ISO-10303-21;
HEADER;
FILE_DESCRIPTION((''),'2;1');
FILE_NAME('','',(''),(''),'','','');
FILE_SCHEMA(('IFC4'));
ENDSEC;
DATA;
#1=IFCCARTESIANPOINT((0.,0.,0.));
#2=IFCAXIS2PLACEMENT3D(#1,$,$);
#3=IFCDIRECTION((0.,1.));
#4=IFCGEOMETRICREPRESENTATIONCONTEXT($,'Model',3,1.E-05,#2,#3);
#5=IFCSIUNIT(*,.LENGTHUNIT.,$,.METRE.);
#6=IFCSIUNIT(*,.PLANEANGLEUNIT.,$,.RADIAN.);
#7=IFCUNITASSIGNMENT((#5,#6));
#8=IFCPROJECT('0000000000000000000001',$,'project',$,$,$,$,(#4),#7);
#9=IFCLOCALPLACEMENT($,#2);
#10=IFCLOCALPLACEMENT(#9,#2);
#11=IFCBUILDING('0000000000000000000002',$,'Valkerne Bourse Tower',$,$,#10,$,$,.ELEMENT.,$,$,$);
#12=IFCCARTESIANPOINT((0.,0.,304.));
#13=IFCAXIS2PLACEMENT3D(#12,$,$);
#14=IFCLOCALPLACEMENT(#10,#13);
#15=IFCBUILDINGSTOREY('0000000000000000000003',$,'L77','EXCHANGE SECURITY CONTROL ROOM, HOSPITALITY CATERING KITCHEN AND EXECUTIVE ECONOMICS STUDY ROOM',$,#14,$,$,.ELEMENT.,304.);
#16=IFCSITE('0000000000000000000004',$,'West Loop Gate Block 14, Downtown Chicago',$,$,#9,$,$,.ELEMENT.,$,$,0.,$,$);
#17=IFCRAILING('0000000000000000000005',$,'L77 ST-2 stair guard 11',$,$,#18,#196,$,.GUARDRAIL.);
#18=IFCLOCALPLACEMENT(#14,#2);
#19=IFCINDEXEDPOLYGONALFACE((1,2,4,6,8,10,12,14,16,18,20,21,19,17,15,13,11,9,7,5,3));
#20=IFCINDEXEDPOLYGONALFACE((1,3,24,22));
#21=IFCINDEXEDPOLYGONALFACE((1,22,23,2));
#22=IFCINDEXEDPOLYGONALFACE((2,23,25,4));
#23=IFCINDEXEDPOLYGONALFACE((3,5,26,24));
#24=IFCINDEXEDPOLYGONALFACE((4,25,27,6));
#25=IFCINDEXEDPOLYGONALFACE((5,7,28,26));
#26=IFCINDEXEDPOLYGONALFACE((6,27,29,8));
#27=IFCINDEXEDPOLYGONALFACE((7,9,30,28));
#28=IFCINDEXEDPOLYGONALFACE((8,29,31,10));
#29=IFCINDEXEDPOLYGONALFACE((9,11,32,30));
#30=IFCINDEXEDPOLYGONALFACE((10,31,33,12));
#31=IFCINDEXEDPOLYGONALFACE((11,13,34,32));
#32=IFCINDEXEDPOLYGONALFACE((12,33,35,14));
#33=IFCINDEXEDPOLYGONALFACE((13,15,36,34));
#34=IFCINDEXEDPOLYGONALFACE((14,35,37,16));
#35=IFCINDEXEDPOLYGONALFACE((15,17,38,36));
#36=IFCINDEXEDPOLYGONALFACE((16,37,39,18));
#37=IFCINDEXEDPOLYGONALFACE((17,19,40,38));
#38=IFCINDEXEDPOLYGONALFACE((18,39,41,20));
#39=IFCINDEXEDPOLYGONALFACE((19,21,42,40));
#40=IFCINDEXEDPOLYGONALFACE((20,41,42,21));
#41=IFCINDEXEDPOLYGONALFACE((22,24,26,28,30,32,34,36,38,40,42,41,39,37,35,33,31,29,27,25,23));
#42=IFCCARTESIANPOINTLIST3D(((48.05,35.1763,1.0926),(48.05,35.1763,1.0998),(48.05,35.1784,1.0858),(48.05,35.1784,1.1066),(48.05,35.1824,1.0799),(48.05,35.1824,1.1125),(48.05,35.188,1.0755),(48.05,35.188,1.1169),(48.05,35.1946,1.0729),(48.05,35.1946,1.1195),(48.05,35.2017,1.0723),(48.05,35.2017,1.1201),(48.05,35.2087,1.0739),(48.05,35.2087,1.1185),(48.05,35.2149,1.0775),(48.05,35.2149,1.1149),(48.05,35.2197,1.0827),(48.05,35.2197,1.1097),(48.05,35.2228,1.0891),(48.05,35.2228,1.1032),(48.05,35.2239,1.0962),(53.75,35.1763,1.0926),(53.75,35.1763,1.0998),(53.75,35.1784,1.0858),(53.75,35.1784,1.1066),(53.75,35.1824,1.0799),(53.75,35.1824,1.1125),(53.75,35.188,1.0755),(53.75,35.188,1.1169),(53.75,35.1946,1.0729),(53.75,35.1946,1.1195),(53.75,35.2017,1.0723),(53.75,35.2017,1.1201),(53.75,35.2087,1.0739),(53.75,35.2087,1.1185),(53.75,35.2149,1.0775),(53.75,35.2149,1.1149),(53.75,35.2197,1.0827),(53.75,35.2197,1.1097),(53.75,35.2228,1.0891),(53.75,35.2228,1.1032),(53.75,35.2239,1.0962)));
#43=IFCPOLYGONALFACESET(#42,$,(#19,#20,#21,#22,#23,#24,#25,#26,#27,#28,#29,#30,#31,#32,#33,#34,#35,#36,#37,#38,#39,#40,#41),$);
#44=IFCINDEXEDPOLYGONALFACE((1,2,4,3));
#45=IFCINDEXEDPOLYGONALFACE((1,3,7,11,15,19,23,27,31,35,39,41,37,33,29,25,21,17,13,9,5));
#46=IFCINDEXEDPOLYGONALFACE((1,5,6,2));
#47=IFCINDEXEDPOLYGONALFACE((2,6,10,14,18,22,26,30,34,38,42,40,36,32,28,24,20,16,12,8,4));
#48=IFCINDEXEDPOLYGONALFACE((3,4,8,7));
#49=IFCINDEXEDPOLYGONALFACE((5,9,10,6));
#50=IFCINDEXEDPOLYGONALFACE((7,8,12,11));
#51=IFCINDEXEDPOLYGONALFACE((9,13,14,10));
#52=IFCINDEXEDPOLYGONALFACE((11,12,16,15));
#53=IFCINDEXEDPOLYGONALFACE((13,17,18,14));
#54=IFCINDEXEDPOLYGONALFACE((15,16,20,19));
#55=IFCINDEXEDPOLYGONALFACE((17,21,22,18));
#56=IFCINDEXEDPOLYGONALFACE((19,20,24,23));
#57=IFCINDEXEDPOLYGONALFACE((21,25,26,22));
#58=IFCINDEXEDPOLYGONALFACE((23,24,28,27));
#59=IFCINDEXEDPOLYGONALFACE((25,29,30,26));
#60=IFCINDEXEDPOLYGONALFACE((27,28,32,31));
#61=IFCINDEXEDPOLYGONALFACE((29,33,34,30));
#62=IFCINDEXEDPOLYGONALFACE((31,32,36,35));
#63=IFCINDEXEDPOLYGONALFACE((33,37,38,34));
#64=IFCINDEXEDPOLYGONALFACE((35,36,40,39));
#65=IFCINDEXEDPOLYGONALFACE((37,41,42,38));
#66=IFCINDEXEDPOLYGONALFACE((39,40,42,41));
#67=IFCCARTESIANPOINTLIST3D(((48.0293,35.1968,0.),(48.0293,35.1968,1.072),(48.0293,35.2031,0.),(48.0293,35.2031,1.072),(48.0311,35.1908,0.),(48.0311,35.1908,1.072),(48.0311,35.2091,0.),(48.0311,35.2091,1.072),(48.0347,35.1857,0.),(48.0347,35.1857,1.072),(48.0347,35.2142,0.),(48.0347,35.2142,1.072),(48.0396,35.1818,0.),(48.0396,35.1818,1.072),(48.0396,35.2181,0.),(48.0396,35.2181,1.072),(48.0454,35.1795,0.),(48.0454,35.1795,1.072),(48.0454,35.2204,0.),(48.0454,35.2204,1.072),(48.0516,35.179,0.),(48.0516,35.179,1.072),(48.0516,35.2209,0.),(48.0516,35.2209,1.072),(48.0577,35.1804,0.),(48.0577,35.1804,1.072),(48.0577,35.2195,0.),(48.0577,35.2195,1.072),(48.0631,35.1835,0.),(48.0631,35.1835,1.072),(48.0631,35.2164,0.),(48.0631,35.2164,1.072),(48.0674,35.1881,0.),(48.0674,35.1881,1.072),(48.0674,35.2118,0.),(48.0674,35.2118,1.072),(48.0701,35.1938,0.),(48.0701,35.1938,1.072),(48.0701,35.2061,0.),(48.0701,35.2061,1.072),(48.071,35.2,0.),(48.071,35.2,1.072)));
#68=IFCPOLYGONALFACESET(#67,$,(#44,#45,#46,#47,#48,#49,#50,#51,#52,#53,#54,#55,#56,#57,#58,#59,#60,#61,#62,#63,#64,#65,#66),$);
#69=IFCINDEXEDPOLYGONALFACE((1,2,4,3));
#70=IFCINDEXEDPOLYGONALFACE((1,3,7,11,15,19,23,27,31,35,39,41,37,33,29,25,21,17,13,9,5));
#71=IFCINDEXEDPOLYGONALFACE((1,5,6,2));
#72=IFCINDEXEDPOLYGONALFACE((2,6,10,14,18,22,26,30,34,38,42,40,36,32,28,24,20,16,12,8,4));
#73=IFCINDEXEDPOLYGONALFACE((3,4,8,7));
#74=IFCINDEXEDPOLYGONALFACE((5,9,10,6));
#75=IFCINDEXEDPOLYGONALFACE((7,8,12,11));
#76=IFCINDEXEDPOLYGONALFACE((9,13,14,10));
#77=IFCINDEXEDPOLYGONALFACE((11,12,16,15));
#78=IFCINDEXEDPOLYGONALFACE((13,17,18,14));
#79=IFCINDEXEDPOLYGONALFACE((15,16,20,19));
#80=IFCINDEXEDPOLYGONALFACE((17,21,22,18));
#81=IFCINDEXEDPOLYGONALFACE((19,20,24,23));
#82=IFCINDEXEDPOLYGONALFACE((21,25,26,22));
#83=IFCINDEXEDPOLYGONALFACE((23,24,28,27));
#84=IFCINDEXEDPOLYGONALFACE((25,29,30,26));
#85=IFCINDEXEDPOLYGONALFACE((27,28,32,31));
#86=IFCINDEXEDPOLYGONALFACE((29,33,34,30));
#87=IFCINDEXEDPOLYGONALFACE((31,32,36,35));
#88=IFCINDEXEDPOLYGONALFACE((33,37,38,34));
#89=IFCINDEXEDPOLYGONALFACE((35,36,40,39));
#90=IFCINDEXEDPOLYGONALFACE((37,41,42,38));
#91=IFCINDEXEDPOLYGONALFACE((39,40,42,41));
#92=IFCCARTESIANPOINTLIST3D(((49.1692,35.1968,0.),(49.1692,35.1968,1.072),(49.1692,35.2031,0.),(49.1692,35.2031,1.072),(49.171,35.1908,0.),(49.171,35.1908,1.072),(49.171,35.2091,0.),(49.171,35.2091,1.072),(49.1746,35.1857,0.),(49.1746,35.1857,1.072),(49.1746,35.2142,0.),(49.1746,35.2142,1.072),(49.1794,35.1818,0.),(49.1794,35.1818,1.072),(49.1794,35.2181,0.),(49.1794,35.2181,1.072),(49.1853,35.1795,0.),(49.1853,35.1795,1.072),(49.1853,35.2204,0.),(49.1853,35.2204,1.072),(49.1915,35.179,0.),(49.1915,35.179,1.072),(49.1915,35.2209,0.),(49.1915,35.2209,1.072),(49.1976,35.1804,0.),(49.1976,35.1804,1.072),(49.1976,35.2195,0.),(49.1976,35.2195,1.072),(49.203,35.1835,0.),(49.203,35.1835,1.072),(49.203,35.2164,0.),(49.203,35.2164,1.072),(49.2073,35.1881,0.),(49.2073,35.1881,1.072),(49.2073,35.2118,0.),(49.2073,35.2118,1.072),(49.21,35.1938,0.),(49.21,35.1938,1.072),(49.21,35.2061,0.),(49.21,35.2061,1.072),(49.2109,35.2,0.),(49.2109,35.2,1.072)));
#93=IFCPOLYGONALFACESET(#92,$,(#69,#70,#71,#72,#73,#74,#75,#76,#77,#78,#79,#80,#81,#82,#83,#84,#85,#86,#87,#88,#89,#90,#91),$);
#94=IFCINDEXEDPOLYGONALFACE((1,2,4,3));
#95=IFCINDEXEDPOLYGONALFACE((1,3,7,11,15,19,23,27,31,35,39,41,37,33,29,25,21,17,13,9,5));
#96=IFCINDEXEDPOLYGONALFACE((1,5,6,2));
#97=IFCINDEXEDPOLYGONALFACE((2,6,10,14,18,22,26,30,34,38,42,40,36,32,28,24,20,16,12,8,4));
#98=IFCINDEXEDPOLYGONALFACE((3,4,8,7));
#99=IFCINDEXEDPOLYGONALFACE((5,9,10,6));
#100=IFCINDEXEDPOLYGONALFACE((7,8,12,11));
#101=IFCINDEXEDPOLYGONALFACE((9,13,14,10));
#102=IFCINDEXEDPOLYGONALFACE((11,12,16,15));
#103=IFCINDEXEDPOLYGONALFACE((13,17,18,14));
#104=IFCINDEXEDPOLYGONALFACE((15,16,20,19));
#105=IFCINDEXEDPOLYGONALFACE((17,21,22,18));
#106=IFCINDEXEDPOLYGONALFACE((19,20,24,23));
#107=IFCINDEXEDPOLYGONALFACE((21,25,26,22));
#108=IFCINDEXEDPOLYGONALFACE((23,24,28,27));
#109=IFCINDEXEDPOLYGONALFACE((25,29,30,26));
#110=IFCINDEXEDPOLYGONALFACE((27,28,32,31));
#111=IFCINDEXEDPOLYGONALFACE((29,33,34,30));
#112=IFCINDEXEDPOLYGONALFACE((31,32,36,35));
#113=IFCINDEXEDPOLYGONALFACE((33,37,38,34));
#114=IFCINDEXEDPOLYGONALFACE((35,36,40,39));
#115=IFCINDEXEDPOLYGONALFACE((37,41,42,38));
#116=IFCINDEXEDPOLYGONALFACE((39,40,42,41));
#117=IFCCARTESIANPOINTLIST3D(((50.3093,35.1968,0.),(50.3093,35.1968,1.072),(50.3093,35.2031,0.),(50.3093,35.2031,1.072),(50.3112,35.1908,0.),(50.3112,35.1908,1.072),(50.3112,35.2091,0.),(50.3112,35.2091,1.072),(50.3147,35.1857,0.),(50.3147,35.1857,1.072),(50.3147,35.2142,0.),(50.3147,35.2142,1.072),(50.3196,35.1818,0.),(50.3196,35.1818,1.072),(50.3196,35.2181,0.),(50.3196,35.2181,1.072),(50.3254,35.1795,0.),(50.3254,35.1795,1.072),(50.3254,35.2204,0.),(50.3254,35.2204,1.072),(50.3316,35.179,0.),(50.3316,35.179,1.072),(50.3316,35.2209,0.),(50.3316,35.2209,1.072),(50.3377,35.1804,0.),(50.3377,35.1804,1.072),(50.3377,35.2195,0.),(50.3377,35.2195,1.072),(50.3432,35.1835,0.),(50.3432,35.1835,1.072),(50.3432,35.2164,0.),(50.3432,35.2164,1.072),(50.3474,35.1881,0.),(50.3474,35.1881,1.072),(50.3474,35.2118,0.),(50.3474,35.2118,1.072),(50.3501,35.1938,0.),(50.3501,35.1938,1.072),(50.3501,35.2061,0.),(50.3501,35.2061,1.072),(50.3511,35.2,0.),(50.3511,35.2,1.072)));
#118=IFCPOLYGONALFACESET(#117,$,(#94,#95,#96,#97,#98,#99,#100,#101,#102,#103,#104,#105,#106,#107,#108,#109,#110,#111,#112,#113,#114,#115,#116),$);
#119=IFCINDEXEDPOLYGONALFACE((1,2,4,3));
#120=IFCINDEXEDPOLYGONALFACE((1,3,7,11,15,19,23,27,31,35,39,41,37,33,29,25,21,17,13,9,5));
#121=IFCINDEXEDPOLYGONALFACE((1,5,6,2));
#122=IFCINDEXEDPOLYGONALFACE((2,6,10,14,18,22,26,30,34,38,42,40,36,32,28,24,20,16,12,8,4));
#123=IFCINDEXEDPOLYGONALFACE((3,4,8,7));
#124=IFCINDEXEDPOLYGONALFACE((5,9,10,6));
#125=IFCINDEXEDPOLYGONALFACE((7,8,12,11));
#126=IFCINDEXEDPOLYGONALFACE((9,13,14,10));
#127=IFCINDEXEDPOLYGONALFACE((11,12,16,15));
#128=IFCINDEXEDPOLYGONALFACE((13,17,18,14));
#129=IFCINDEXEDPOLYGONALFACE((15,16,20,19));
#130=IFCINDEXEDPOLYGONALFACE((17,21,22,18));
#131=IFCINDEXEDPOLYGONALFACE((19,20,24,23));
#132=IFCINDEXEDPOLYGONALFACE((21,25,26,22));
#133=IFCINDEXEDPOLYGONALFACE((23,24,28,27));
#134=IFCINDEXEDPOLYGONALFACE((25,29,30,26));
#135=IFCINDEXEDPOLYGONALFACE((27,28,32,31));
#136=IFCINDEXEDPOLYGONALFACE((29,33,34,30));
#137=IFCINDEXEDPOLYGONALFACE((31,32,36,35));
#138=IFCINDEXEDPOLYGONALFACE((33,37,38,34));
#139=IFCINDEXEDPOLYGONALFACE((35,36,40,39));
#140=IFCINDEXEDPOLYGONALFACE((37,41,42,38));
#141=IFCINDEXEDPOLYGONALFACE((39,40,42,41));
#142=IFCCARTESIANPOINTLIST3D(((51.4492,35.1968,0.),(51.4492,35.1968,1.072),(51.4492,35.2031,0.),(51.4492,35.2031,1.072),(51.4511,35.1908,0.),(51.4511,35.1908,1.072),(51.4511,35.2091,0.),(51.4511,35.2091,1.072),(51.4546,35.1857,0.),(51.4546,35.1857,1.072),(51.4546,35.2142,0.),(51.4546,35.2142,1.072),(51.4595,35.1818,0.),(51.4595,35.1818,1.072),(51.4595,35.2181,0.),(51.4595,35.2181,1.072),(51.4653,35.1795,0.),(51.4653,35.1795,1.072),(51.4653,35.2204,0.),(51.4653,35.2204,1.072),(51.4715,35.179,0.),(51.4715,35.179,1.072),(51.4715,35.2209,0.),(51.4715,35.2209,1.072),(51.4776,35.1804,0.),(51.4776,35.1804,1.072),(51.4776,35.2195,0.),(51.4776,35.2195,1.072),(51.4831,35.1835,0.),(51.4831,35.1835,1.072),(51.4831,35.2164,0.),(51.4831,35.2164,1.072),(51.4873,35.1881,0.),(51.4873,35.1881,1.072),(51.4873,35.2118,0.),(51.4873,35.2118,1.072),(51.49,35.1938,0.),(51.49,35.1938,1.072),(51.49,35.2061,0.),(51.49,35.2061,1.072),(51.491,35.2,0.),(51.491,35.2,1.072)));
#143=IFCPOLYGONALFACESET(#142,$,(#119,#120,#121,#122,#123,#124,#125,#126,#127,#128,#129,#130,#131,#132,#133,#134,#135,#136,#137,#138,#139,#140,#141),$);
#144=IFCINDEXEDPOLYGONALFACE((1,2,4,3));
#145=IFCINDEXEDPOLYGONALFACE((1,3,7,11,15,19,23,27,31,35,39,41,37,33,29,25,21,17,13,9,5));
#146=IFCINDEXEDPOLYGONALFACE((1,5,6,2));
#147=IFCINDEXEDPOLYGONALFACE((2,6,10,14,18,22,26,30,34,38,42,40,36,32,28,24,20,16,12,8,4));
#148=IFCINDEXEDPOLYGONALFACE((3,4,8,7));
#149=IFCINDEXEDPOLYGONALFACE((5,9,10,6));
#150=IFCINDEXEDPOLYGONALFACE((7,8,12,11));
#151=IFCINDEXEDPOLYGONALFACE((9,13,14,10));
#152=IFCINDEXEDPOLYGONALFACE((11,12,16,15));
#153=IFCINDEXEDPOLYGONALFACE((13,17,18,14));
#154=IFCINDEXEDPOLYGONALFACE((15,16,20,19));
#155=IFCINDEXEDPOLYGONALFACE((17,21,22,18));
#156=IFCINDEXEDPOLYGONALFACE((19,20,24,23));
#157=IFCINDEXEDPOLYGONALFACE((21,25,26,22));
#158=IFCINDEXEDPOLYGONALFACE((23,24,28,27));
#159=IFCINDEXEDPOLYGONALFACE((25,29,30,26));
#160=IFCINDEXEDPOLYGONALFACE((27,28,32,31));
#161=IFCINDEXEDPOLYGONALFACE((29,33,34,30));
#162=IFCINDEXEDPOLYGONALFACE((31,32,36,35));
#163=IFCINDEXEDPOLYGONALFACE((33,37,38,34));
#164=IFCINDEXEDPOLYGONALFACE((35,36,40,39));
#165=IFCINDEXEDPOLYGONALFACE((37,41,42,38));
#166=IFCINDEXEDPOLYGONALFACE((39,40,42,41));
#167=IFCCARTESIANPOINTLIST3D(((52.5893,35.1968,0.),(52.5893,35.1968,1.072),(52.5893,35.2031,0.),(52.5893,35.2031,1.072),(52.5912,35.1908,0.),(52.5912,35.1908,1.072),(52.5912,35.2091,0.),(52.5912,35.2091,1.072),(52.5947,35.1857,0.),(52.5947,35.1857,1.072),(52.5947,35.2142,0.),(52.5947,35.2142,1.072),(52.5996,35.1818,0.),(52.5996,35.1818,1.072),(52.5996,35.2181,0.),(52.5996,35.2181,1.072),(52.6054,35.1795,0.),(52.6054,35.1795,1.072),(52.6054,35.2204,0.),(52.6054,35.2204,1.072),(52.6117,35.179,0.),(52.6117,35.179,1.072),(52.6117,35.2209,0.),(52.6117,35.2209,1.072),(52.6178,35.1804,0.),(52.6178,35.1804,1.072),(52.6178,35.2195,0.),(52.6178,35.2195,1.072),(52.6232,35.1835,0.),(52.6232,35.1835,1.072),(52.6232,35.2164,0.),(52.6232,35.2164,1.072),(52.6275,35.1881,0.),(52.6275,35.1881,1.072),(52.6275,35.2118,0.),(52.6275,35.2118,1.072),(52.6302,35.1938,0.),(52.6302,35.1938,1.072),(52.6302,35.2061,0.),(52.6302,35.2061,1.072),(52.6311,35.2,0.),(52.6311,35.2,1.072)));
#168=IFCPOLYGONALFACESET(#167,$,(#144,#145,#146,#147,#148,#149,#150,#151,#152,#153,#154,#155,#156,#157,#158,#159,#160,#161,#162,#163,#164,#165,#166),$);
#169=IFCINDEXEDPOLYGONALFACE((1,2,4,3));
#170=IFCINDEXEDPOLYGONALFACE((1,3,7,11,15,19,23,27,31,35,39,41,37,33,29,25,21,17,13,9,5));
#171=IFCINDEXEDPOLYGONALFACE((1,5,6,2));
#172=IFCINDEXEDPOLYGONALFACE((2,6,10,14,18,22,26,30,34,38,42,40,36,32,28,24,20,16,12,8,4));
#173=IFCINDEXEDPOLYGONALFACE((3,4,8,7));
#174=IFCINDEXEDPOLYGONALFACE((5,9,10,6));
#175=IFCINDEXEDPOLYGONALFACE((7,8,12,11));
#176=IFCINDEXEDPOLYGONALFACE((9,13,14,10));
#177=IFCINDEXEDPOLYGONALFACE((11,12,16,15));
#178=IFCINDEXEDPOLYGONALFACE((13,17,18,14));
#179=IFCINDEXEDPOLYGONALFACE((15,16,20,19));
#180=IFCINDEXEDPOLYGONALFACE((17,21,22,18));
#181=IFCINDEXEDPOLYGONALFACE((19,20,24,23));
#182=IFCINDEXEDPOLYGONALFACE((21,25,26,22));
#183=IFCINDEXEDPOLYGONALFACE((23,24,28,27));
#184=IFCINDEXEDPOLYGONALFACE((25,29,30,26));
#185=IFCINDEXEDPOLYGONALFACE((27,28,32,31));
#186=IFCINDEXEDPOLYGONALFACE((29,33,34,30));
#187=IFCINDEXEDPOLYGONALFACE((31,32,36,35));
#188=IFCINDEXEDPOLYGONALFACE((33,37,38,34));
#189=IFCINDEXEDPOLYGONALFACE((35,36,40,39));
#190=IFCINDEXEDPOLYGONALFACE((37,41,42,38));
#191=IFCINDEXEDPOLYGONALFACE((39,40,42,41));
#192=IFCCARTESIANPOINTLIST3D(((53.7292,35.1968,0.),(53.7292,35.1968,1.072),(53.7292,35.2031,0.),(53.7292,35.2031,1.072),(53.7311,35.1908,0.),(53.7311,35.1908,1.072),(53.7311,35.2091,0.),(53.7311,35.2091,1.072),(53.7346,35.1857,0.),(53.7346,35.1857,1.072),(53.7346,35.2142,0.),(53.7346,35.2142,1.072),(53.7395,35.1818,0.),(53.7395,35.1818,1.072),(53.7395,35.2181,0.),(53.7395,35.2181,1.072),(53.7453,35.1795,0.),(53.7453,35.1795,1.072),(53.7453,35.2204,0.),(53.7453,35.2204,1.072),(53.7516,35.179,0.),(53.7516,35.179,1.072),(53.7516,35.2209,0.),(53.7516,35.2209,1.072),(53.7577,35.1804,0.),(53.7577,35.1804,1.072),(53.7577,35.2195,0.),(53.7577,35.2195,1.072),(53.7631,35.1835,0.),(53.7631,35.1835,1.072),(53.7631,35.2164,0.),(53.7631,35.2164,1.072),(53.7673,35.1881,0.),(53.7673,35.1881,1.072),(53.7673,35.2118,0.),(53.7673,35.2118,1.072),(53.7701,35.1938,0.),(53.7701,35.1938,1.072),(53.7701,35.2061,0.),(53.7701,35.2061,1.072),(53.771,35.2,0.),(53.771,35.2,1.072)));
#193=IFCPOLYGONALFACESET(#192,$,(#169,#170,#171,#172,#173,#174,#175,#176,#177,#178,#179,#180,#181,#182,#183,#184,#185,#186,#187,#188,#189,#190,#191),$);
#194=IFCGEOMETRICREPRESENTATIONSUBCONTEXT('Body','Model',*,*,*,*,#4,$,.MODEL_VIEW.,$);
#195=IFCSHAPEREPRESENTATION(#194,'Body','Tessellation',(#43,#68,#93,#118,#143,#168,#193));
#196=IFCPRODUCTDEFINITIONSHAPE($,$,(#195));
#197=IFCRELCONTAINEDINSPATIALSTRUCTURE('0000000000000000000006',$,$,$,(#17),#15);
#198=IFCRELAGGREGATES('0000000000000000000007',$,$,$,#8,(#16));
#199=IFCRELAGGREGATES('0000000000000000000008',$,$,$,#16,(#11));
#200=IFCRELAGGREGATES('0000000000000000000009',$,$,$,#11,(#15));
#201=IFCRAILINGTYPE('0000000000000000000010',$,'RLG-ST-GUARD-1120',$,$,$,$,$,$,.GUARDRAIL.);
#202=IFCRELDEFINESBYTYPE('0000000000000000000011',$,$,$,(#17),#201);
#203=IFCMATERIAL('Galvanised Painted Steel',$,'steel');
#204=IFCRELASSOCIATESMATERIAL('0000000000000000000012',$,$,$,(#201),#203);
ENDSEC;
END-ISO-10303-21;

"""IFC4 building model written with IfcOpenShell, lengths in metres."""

from ifc_helpers import new_model, si_unit, direction, frame, origin, origin_2d, place, context, subcontext, project, spatial, circle, extrude, material, type_object, element, save


model = new_model("IFC4")

# Units and contexts
model_context = context("Model", 3, precision=1e-05, world=origin(), true_north=direction((0.0, 1.0)))
body_context = subcontext(model_context, "Body", "Model", "MODEL_VIEW")
ifc_project = project(units=[si_unit("LENGTHUNIT", "METRE"), si_unit("PLANEANGLEUNIT", "RADIAN")], contexts=[model_context])

# Site, building, storey
site_placement = place(None, origin())
site = spatial("IfcSite", under=ifc_project, at=site_placement, Name="West Loop Gate Block 14, Downtown Chicago", CompositionType="ELEMENT", RefElevation=0.0)
building_placement = place(site_placement, origin())
building = spatial("IfcBuilding", under=site, at=building_placement, Name="Valkerne Bourse Tower", CompositionType="ELEMENT")
storey_placement = place(building_placement, frame((0.0, 0.0, 304.0)))
storey = spatial("IfcBuildingStorey", under=building, at=storey_placement, Name="L77", Description="EXCHANGE SECURITY CONTROL ROOM, HOSPITALITY CATERING KITCHEN AND EXECUTIVE ECONOMICS STUDY ROOM", CompositionType="ELEMENT", Elevation=304.0)

# Railing
ifc_material_1 = material(Name="Galvanised Painted Steel", Category="steel")
railing_type_1 = type_object("IfcRailingType", Name="RLG-ST-GUARD-1120", PredefinedType="GUARDRAIL", material=ifc_material_1)
railing_1_placement = place(storey_placement, frame((48.05, 35.2, 0.0)))
element("IfcRailing", 1, at=railing_1_placement, inside=storey, type_object=railing_type_1, Name="L77 ST-2 stair guard 11", PredefinedType="GUARDRAIL", context=body_context, shape_type="SweptSolid", body=[
    extrude(circle(Radius=0.0239, at=origin_2d()), frame((0.0, 0.0, 1.0962), z_axis=(1.0, 0.0, 0.0), x_axis=(0.0, 1.0, 0.0)), (0.0, 0.0, 1.0), 5.7),
    extrude(circle(Radius=0.021, at=origin_2d()), origin(), (0.0, 0.0, 1.0), 1.072),
    extrude(circle(Radius=0.021, at=origin_2d()), frame((1.1399, 0.0, 0.0)), (0.0, 0.0, 1.0), 1.072),
    extrude(circle(Radius=0.021, at=origin_2d()), frame((2.28, 0.0, 0.0)), (0.0, 0.0, 1.0), 1.072),
    extrude(circle(Radius=0.021, at=origin_2d()), frame((3.4199, 0.0, 0.0)), (0.0, 0.0, 1.0), 1.072),
    extrude(circle(Radius=0.021, at=origin_2d()), frame((4.5601, 0.0, 0.0)), (0.0, 0.0, 1.0), 1.072),
    extrude(circle(Radius=0.021, at=origin_2d()), frame((5.7, 0.0, 0.0)), (0.0, 0.0, 1.0), 1.072),
])

save(model, "model.ifc")
